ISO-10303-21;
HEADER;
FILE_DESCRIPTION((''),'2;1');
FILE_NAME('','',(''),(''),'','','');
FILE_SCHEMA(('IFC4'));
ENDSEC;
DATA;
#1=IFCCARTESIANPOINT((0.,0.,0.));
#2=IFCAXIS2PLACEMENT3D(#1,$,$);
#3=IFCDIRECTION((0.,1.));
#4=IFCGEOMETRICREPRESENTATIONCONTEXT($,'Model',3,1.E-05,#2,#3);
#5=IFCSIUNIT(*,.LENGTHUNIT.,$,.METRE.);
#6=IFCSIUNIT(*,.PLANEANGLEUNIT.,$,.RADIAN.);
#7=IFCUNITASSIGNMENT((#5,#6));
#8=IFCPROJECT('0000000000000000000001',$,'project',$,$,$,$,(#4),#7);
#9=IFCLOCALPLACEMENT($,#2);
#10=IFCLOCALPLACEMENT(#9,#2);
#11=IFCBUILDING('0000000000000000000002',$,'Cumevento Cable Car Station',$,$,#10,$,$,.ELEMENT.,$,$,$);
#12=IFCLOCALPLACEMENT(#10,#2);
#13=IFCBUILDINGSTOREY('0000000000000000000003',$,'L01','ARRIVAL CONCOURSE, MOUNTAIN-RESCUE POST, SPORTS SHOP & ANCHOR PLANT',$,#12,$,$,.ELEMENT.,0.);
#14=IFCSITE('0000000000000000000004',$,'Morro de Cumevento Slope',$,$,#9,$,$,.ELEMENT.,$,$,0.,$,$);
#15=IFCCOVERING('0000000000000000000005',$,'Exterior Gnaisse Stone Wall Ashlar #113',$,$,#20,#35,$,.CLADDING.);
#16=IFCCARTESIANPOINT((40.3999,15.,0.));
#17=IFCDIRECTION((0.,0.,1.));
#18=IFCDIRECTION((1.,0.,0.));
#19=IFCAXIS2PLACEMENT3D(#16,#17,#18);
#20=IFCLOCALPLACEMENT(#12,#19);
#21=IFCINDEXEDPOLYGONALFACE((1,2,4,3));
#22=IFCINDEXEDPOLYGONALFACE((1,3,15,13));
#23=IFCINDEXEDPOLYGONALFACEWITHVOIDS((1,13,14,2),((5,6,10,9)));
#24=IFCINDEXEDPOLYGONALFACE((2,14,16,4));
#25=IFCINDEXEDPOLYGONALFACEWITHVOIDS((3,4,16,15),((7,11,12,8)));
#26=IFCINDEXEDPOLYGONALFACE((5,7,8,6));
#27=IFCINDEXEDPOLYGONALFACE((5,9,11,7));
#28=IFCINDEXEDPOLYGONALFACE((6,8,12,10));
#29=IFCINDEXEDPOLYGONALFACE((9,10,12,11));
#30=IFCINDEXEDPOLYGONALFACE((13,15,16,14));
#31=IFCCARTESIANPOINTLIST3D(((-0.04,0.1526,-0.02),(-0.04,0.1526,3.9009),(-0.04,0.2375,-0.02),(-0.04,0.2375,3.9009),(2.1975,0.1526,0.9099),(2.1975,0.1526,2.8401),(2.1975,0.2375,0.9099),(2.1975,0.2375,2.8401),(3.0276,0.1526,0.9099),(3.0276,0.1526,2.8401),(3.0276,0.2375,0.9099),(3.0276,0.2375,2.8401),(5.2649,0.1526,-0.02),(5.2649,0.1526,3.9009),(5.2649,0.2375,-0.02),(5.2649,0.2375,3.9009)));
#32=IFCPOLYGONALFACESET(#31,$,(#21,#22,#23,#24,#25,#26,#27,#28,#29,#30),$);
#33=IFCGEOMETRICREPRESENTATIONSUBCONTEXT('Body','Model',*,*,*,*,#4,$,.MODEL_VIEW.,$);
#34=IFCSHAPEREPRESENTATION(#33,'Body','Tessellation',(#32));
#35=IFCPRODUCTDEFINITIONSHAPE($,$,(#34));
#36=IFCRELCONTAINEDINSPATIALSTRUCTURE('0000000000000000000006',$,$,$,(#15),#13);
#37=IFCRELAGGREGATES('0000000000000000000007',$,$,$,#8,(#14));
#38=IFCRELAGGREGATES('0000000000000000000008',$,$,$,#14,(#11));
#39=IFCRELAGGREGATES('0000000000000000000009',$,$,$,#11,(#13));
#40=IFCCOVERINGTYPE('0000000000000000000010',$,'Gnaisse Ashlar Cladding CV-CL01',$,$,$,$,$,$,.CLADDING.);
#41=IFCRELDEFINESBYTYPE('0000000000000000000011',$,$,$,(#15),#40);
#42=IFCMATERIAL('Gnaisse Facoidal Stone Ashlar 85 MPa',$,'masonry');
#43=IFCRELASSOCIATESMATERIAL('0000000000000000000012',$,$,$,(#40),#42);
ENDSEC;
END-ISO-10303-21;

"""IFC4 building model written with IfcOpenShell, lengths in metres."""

from ifc_helpers import new_model, si_unit, direction, frame, origin, place, context, subcontext, project, spatial, polyline, outline, extrude, material, type_object, element, save


model = new_model("IFC4")

# Units and contexts
model_context = context("Model", 3, precision=1e-05, world=origin(), true_north=direction((0.0, 1.0)))
body_context = subcontext(model_context, "Body", "Model", "MODEL_VIEW")
ifc_project = project(units=[si_unit("LENGTHUNIT", "METRE"), si_unit("PLANEANGLEUNIT", "RADIAN")], contexts=[model_context])

# Site, building, storey
site_placement = place(None, origin())
site = spatial("IfcSite", under=ifc_project, at=site_placement, Name="Morro de Cumevento Slope", CompositionType="ELEMENT", RefElevation=0.0)
building_placement = place(site_placement, origin())
building = spatial("IfcBuilding", under=site, at=building_placement, Name="Cumevento Cable Car Station", CompositionType="ELEMENT")
storey_placement = place(building_placement, origin())
storey = spatial("IfcBuildingStorey", under=building, at=storey_placement, Name="L01", Description="ARRIVAL CONCOURSE, MOUNTAIN-RESCUE POST, SPORTS SHOP & ANCHOR PLANT", CompositionType="ELEMENT", Elevation=0.0)

# Covering
ifc_material_1 = material(Name="Gnaisse Facoidal Stone Ashlar 85 MPa", Category="masonry")
covering_type = type_object("IfcCoveringType", Name="Gnaisse Ashlar Cladding CV-CL01", PredefinedType="CLADDING", material=ifc_material_1)
covering_1_placement = place(storey_placement, frame((40.3999, 15.0, 0.0), z_axis=(0.0, 0.0, 1.0), x_axis=(1.0, 0.0, 0.0)))
element("IfcCovering", 1, at=covering_1_placement, inside=storey, type_object=covering_type, Name="Exterior Gnaisse Stone Wall Ashlar #113", PredefinedType="CLADDING", context=body_context, shape_type="SweptSolid", body=[
    extrude(outline(polyline([(-0.04, -0.02), (5.2649, -0.02), (5.2649, 3.9009), (-0.04, 3.9009), (-0.04, -0.02)]), holes=[polyline([(2.1975, 0.9099), (3.0276, 0.9099), (3.0276, 2.8401), (2.1975, 2.8401), (2.1975, 0.9099)])]), frame((0.0, 0.2375, 0.0), z_axis=(0.0, -1.0, 0.0), x_axis=(1.0, 0.0, 0.0)), (0.0, 0.0, 1.0), 0.085),
])

save(model, "model.ifc")
